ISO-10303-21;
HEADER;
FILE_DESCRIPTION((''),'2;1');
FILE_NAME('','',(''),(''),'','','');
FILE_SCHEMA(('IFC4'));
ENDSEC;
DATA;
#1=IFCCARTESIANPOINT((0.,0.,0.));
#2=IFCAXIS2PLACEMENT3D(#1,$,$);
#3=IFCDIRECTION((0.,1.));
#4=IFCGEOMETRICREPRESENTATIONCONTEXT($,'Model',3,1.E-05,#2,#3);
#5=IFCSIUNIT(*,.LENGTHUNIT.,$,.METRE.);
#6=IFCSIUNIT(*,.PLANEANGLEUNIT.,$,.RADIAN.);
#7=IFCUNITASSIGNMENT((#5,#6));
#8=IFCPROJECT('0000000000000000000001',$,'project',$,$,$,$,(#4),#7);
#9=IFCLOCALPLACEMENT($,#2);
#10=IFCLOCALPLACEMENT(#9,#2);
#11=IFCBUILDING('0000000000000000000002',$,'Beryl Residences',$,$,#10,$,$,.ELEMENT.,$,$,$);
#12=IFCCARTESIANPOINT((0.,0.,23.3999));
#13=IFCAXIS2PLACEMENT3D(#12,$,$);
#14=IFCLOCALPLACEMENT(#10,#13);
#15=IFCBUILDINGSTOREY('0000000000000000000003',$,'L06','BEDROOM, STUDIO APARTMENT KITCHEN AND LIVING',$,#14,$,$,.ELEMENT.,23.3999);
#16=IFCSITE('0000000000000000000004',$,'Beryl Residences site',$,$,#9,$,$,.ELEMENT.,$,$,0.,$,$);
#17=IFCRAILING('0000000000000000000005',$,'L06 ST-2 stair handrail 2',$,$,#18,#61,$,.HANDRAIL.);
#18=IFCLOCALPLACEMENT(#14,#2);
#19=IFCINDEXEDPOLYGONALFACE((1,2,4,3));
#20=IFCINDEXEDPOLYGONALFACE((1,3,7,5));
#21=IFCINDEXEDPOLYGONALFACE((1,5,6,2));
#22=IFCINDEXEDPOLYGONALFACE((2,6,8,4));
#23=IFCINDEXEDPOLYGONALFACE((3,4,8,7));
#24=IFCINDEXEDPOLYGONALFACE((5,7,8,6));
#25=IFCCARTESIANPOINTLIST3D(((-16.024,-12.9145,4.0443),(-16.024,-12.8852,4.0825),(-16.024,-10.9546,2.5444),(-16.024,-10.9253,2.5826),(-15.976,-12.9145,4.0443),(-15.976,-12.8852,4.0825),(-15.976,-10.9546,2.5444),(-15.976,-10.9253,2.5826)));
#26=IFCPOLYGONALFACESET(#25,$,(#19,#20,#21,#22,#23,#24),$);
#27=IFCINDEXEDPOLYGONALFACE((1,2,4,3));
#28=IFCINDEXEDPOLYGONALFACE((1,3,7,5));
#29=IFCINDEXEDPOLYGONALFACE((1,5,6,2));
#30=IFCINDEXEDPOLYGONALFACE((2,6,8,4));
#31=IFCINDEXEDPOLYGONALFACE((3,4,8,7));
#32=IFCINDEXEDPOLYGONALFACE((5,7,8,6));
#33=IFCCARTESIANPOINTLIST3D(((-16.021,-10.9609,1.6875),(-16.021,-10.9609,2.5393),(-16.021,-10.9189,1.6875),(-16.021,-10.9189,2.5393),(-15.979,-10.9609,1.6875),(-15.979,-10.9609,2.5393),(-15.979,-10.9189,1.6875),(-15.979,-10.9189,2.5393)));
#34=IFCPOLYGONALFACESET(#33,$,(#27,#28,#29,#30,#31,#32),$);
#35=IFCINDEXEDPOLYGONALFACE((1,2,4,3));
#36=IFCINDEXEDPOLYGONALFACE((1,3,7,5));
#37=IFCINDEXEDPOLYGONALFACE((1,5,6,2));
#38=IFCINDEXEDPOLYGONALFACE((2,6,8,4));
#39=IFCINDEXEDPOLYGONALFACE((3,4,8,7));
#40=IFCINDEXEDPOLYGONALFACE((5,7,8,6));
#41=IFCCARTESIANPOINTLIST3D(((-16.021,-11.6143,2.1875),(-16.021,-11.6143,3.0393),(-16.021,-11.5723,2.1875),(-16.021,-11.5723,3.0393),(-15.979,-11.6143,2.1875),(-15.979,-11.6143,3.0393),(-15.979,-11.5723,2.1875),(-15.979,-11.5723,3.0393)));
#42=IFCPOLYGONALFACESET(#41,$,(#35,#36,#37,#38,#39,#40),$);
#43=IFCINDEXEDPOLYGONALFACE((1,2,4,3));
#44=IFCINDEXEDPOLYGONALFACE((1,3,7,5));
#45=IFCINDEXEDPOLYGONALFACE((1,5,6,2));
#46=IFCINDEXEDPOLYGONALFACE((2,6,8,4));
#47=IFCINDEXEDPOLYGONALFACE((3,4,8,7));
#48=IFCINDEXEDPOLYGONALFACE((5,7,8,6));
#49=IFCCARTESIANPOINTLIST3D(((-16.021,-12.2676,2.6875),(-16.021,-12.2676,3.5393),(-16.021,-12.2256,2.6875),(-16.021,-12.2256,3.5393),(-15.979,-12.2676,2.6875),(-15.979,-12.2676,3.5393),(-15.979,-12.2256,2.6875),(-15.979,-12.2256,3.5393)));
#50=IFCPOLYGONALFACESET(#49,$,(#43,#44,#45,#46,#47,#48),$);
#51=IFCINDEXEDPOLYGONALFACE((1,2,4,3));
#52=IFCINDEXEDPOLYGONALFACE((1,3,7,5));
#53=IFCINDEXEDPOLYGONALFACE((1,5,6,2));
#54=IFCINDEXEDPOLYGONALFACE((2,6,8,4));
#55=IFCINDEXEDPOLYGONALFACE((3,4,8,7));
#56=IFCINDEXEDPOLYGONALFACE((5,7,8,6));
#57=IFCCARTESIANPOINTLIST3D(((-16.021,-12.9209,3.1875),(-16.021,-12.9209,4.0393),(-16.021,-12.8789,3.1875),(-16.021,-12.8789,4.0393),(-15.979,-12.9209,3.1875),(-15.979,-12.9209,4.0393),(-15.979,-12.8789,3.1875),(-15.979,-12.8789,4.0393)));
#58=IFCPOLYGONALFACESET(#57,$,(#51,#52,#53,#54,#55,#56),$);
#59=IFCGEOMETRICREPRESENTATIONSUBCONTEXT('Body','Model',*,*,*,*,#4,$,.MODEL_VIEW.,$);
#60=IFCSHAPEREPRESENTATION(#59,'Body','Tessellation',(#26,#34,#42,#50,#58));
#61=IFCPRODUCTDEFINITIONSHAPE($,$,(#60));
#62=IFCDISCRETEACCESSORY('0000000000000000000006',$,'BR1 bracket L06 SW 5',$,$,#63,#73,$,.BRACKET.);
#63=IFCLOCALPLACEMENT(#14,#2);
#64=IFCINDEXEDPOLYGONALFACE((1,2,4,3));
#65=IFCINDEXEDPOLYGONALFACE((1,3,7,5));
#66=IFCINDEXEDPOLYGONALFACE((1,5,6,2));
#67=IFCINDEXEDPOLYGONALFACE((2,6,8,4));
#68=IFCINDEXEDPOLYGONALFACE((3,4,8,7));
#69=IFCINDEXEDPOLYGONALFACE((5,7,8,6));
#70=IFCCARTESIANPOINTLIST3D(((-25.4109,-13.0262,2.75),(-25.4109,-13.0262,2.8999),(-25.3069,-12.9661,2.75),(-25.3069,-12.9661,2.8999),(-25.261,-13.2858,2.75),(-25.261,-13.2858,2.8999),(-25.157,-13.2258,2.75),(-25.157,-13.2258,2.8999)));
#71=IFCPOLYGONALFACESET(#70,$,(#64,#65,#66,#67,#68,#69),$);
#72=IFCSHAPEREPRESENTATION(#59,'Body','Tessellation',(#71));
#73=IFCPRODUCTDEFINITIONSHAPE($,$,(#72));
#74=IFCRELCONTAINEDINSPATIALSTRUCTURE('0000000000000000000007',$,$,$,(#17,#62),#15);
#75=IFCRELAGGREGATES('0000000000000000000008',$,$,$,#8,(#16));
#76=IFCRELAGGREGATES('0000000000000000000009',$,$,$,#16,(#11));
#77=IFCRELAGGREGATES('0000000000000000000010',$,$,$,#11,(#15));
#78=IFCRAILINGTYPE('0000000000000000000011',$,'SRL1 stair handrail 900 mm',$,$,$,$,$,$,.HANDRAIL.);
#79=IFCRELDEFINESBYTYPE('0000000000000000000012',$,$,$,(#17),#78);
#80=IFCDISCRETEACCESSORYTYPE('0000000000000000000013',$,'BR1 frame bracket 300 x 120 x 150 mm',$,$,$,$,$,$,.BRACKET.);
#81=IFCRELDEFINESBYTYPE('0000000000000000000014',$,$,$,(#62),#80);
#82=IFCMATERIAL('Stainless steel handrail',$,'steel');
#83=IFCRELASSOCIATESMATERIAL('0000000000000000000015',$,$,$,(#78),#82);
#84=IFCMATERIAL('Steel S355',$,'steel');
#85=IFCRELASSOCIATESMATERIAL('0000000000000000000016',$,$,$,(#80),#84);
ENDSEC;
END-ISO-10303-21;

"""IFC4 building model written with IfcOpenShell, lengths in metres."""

from ifc_helpers import new_model, si_unit, direction, frame, origin, origin_2d, place, context, subcontext, project, spatial, polyline, rectangle, outline, extrude, source, transform, mapped, material, type_object, type_shapes, element, save


model = new_model("IFC4")

# Units and contexts
model_context = context("Model", 3, precision=1e-05, world=origin(), true_north=direction((0.0, 1.0)))
body_context = subcontext(model_context, "Body", "Model", "MODEL_VIEW")
ifc_project = project(units=[si_unit("LENGTHUNIT", "METRE"), si_unit("PLANEANGLEUNIT", "RADIAN")], contexts=[model_context])

# Site, building, storey
site_placement = place(None, origin())
site = spatial("IfcSite", under=ifc_project, at=site_placement, Name="Beryl Residences site", CompositionType="ELEMENT", RefElevation=0.0)
building_placement = place(site_placement, origin())
building = spatial("IfcBuilding", under=site, at=building_placement, Name="Beryl Residences", CompositionType="ELEMENT")
storey_placement = place(building_placement, frame((0.0, 0.0, 23.3999)))
storey = spatial("IfcBuildingStorey", under=building, at=storey_placement, Name="L06", Description="BEDROOM, STUDIO APARTMENT KITCHEN AND LIVING", CompositionType="ELEMENT", Elevation=23.3999)

# Railing
ifc_material_1 = material(Name="Stainless steel handrail", Category="steel")
railing_type_1 = type_object("IfcRailingType", Name="SRL1 stair handrail 900 mm", PredefinedType="HANDRAIL", material=ifc_material_1)
railing_1_placement = place(storey_placement, frame((-16.0, -10.9399, 1.6875)))
element("IfcRailing", 1, at=railing_1_placement, inside=storey, type_object=railing_type_1, Name="L06 ST-2 stair handrail 2", PredefinedType="HANDRAIL", context=body_context, shape_type="SweptSolid", body=[
    extrude(rectangle(XDim=0.0481, YDim=0.0481, at=origin_2d()), frame((0.0, 0.0, 0.876), z_axis=(0.0, -0.794122, 0.607758), x_axis=(1.0, 0.0, 0.0)), (0.0, 0.0, 1.0), 2.468),
    extrude(rectangle(XDim=0.042, YDim=0.042, at=origin_2d()), origin(), (0.0, 0.0, 1.0), 0.8518),
    extrude(rectangle(XDim=0.042, YDim=0.042, at=origin_2d()), frame((0.0, -0.6533, 0.5)), (0.0, 0.0, 1.0), 0.8518),
    extrude(rectangle(XDim=0.042, YDim=0.042, at=origin_2d()), frame((0.0, -1.3066, 1.0)), (0.0, 0.0, 1.0), 0.8518),
    extrude(rectangle(XDim=0.042, YDim=0.042, at=origin_2d()), frame((0.0, -1.96, 1.5)), (0.0, 0.0, 1.0), 0.8518),
])

# Discrete accessory
ifc_material_2 = material(Name="Steel S355", Category="steel")
discrete_accessory_type = type_object("IfcDiscreteAccessoryType", Name="BR1 frame bracket 300 x 120 x 150 mm", PredefinedType="BRACKET", material=ifc_material_2)
shared_shape_1 = source(origin(), body_context, "Body", "SweptSolid", [
    extrude(outline(polyline([(-0.1499, 0.0), (0.1499, 0.0), (0.1499, 0.1201), (-0.1499, 0.1201), (-0.1499, 0.0)])), origin(), (0.0, 0.0, 1.0), 0.1499),
])
type_shapes(discrete_accessory_type, [shared_shape_1])
discrete_accessory_placement = place(storey_placement, frame((-25.2319, -13.0959, 2.75), z_axis=(0.0, 0.0, 1.0), x_axis=(-0.5, 0.866025, 0.0)))
element("IfcDiscreteAccessory", 2, at=discrete_accessory_placement, inside=storey, type_object=discrete_accessory_type, Name="BR1 bracket L06 SW 5", PredefinedType="BRACKET", context=body_context, shape_type="MappedRepresentation", body=[
    mapped(shared_shape_1, transform((0.0, 0.0, 0.0))),
])

save(model, "model.ifc")
